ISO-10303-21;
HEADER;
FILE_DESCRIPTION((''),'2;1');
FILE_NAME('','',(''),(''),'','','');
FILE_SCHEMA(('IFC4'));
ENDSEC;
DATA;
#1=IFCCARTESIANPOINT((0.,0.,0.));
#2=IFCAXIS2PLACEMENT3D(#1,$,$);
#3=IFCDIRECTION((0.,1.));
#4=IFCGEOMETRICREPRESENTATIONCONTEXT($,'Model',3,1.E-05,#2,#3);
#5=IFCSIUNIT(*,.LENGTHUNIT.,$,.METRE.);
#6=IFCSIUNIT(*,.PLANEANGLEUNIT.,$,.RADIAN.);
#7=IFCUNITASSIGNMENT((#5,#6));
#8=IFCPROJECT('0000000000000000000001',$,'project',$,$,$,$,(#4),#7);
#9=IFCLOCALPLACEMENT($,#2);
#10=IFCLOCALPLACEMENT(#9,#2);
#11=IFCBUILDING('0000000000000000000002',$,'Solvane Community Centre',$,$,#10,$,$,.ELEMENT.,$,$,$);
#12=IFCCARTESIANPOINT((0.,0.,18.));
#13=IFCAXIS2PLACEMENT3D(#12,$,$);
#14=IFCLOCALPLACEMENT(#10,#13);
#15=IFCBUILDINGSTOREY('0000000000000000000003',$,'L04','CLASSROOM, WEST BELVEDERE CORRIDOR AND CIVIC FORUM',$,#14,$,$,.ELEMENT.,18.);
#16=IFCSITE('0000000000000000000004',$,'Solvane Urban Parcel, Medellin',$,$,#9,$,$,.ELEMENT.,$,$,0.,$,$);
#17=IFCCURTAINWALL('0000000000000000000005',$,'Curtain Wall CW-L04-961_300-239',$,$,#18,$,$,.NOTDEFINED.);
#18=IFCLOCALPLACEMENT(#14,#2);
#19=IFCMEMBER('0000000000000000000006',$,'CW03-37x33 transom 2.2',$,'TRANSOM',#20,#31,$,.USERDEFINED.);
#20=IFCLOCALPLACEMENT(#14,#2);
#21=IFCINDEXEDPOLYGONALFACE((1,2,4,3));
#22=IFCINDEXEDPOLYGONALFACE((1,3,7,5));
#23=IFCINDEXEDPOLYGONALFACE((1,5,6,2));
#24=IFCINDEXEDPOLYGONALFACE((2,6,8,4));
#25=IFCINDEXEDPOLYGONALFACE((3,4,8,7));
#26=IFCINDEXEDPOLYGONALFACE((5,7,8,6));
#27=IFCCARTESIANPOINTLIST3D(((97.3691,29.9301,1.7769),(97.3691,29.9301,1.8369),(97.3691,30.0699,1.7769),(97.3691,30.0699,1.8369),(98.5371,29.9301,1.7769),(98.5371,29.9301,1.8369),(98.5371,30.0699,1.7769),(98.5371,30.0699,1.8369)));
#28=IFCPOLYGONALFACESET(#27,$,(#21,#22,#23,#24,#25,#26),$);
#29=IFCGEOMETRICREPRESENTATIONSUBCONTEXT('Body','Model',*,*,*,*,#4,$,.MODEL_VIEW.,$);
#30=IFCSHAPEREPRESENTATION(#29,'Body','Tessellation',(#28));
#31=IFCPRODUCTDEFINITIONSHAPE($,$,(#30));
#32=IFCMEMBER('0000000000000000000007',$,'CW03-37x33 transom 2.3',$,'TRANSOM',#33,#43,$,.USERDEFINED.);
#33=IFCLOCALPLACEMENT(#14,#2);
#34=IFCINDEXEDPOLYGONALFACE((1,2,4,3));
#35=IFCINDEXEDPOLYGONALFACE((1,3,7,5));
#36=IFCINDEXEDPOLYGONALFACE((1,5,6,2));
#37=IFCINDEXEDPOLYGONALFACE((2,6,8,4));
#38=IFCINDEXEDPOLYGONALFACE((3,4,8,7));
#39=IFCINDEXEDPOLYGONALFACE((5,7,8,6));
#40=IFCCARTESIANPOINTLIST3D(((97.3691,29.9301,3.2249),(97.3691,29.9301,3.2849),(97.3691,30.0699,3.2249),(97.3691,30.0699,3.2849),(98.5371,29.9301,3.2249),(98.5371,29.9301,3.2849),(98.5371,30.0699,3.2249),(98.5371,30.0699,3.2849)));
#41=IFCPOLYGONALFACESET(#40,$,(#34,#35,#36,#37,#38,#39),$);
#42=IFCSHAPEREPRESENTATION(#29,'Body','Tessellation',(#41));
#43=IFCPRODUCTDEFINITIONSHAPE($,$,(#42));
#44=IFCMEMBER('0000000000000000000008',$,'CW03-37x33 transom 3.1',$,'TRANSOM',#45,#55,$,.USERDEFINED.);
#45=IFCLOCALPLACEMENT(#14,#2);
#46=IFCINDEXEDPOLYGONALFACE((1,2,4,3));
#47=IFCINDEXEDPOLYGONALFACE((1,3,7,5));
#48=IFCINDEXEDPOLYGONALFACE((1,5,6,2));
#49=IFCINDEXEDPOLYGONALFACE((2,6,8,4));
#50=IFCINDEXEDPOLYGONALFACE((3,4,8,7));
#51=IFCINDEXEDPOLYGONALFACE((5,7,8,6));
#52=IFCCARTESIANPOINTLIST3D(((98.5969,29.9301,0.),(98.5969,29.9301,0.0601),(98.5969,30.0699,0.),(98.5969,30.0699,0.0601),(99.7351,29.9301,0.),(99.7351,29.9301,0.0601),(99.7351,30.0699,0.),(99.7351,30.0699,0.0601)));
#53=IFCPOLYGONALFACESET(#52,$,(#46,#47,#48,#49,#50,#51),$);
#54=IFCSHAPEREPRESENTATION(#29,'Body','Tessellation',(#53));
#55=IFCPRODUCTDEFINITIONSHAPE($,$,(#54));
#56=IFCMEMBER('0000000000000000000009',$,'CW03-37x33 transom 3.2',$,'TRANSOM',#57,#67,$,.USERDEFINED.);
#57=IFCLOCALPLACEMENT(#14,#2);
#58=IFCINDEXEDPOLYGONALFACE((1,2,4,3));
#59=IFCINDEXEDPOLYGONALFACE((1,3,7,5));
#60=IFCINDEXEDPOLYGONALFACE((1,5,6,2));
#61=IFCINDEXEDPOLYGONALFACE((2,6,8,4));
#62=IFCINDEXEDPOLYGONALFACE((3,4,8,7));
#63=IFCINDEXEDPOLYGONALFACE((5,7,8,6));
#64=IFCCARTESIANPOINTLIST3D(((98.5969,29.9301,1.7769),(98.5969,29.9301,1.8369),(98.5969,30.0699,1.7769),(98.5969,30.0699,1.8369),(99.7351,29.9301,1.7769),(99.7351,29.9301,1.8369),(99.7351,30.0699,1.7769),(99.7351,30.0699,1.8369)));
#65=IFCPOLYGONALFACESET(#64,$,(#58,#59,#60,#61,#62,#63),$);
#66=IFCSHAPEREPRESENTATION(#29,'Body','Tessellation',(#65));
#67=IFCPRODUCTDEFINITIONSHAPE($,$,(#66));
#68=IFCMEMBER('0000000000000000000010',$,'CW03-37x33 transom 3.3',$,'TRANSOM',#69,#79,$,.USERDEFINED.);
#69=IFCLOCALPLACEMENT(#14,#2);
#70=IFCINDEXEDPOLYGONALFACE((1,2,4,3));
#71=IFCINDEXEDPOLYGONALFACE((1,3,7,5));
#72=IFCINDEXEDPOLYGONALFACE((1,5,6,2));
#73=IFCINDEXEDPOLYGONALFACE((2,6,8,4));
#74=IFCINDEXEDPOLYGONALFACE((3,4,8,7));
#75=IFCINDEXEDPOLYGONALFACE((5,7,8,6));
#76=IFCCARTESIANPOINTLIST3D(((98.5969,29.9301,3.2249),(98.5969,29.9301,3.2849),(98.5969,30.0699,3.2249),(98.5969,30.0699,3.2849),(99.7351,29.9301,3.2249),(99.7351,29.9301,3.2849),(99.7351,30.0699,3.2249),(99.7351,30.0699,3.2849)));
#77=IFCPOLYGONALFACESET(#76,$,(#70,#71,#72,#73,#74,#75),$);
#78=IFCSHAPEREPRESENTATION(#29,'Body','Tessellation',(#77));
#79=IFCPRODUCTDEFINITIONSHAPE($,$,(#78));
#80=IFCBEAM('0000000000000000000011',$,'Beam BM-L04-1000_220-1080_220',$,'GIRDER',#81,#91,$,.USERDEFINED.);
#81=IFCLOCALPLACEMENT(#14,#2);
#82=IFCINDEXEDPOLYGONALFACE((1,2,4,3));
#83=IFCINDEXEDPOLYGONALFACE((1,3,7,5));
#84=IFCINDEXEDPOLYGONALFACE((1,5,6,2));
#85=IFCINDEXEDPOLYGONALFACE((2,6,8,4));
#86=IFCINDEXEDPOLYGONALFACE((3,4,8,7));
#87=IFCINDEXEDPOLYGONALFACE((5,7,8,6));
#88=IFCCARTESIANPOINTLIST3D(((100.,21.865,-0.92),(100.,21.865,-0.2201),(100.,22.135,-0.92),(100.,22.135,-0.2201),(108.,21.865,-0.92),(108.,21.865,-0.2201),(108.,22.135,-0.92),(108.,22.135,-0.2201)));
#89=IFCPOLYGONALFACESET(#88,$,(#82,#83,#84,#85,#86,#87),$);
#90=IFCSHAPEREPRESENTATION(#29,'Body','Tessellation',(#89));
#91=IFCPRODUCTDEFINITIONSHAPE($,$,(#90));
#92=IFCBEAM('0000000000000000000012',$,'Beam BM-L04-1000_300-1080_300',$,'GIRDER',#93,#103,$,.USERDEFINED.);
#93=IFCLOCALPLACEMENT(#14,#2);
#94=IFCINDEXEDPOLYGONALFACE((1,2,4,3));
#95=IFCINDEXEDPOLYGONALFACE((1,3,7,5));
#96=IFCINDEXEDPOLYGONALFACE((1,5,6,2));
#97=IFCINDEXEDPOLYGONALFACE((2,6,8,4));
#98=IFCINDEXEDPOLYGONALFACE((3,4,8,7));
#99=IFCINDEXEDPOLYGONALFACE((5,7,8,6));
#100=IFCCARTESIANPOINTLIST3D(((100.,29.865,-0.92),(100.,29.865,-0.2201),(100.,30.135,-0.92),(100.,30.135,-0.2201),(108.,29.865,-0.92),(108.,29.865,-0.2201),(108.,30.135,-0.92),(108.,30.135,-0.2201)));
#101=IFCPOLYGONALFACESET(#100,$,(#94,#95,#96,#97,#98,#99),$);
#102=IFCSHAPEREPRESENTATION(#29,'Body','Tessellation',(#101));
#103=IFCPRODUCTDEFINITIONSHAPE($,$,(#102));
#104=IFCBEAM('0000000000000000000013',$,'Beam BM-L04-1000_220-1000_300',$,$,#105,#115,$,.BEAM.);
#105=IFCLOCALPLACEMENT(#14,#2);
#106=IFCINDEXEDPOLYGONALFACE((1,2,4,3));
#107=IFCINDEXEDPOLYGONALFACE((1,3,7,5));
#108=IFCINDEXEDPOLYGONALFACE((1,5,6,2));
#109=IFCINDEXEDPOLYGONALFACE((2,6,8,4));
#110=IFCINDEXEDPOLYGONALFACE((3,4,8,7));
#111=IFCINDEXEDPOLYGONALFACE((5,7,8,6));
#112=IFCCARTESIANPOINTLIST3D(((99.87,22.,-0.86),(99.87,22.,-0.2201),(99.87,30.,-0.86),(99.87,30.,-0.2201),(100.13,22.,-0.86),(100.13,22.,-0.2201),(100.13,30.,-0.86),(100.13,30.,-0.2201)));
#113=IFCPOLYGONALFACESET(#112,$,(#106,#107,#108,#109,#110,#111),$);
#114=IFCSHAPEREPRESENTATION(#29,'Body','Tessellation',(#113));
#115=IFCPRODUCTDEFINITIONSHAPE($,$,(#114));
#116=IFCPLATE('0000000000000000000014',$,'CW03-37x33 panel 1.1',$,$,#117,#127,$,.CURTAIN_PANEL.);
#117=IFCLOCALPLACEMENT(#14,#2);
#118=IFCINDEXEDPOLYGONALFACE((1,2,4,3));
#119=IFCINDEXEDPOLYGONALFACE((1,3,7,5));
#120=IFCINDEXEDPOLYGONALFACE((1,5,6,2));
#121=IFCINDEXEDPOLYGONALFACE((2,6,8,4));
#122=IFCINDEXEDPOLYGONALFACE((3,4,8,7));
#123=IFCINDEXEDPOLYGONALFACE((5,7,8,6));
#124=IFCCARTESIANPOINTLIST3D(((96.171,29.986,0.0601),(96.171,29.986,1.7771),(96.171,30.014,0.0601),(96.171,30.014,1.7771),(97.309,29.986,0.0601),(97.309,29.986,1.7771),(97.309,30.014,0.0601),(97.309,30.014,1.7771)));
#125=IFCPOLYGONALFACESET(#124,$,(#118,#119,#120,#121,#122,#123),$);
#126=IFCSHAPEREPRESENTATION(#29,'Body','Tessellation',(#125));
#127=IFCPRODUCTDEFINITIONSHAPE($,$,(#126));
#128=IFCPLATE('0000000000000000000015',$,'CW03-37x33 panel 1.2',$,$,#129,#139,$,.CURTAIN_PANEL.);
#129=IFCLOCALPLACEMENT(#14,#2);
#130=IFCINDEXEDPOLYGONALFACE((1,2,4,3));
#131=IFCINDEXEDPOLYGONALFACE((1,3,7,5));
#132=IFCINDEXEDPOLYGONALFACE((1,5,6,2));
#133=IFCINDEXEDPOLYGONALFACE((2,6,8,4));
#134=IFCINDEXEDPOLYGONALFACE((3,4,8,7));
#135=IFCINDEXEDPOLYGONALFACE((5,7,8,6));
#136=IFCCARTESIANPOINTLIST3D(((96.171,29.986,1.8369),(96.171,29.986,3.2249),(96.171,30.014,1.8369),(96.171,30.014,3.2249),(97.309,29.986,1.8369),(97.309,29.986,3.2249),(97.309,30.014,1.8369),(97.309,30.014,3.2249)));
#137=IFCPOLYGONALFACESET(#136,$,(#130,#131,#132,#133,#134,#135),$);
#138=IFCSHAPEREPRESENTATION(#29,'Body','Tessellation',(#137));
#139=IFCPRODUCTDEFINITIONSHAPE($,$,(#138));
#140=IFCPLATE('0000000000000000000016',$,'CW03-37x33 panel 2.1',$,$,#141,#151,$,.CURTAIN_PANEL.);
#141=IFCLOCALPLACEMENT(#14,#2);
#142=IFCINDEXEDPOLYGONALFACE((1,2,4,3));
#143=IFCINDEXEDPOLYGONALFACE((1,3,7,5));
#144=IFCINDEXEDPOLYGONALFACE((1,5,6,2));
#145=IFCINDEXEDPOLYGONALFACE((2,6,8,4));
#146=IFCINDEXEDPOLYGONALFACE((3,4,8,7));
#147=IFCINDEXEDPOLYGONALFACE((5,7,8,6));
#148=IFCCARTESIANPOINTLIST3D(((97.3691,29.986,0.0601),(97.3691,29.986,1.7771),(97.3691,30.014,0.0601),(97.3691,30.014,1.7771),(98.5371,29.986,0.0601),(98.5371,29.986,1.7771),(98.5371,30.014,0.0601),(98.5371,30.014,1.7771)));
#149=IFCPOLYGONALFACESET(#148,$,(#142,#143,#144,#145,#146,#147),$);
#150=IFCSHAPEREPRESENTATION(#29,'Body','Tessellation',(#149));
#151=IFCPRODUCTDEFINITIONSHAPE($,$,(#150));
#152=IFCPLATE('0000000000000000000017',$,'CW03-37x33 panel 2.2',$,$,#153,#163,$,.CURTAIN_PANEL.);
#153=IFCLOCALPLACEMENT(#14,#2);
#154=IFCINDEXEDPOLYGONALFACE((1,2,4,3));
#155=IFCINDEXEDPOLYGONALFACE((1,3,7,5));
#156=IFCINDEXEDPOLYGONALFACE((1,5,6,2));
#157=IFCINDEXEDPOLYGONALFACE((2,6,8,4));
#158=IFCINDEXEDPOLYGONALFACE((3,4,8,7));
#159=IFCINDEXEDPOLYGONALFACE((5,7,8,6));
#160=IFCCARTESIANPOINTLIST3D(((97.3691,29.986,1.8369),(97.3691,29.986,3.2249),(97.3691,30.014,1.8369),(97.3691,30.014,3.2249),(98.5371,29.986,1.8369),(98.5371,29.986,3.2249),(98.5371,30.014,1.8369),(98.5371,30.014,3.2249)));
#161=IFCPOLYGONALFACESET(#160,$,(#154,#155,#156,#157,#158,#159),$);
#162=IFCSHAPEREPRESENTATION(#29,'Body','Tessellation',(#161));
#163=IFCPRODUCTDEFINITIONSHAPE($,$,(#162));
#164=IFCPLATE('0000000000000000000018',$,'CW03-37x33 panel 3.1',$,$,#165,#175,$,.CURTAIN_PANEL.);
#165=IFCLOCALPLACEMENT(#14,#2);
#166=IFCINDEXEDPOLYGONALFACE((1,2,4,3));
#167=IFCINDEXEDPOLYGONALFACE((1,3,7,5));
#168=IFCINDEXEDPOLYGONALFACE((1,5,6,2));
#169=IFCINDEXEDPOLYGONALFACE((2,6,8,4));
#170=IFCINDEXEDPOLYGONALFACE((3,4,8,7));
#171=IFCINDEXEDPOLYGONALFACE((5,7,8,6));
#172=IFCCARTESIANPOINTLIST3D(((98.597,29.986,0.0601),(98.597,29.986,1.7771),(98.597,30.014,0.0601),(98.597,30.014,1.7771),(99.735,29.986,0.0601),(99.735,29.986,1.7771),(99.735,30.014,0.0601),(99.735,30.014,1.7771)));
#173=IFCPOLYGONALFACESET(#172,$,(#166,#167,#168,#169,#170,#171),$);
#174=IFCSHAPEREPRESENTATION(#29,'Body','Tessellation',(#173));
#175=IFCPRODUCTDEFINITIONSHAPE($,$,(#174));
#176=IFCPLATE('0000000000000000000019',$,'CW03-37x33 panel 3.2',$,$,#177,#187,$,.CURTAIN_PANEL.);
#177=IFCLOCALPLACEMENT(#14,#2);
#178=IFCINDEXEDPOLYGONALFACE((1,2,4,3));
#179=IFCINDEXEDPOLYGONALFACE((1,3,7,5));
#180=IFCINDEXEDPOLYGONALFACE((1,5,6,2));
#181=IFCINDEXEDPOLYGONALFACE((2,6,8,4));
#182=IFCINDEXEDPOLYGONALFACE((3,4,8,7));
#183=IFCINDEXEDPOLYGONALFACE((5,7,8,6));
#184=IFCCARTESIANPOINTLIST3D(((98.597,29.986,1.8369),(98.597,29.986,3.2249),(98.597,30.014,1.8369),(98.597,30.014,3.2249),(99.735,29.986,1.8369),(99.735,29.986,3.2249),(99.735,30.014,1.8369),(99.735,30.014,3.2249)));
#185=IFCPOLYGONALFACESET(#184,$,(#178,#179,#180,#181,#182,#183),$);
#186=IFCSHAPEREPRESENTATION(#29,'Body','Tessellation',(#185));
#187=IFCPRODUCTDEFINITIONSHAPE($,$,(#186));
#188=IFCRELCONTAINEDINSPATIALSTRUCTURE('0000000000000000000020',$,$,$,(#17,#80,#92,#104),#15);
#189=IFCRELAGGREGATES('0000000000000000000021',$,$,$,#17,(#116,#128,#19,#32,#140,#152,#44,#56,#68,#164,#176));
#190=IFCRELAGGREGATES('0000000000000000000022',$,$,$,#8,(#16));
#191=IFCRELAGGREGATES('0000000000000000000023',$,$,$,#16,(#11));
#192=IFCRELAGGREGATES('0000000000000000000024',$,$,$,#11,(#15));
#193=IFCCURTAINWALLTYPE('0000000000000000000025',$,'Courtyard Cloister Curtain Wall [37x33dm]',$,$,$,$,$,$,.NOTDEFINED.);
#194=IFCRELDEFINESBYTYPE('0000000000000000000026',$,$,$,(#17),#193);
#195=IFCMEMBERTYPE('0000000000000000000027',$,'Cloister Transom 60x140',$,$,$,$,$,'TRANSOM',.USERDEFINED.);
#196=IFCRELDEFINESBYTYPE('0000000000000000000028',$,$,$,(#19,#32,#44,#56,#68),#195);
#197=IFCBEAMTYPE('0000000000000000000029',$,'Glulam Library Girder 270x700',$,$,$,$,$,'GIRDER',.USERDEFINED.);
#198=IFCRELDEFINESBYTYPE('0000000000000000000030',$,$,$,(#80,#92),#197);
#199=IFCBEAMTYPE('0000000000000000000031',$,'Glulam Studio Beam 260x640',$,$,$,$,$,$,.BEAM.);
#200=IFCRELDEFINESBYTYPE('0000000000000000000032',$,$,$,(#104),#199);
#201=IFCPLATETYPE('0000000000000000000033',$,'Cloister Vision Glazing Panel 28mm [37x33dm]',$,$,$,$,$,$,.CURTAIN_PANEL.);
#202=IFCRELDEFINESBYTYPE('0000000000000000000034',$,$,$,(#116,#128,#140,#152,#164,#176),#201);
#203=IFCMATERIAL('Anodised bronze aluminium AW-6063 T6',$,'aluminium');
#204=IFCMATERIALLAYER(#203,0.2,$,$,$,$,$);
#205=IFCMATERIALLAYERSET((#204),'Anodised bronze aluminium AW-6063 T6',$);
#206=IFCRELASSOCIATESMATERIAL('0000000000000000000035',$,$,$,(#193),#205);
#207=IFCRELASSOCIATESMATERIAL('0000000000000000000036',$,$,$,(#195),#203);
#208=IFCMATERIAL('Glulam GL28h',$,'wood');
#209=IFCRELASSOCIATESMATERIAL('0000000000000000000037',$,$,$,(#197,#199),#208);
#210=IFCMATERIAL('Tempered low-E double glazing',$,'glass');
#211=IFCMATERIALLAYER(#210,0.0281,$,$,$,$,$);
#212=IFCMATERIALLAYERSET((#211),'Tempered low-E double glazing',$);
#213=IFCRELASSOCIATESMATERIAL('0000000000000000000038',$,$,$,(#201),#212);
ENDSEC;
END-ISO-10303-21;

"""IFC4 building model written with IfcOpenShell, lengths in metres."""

from ifc_helpers import new_model, si_unit, direction, frame, origin, origin_2d, place, context, subcontext, project, spatial, rectangle, extrude, material, layer, layer_set, material_profile, profile_set, type_object, element, aggregate, save


model = new_model("IFC4")

# Units and contexts
model_context = context("Model", 3, precision=1e-05, world=origin(), true_north=direction((0.0, 1.0)))
body_context = subcontext(model_context, "Body", "Model", "MODEL_VIEW")
ifc_project = project(units=[si_unit("LENGTHUNIT", "METRE"), si_unit("PLANEANGLEUNIT", "RADIAN")], contexts=[model_context])

# Site, building, storey
site_placement = place(None, origin())
site = spatial("IfcSite", under=ifc_project, at=site_placement, Name="Solvane Urban Parcel, Medellin", CompositionType="ELEMENT", RefElevation=0.0)
building_placement = place(site_placement, origin())
building = spatial("IfcBuilding", under=site, at=building_placement, Name="Solvane Community Centre", CompositionType="ELEMENT")
storey_placement = place(building_placement, frame((0.0, 0.0, 18.0)))
storey = spatial("IfcBuildingStorey", under=building, at=storey_placement, Name="L04", Description="CLASSROOM, WEST BELVEDERE CORRIDOR AND CIVIC FORUM", CompositionType="ELEMENT", Elevation=18.0)

# Curtain wall
ifc_material_1 = material(Name="Anodised bronze aluminium AW-6063 T6", Category="aluminium")
ifc_layer_1 = layer(ifc_material_1, 0.2)
ifc_layer_set_1 = layer_set([ifc_layer_1], Name="Anodised bronze aluminium AW-6063 T6")
curtain_wall_type_1 = type_object("IfcCurtainWallType", Name="Courtyard Cloister Curtain Wall [37x33dm]", PredefinedType="NOTDEFINED", material=ifc_layer_set_1)
curtain_wall_1_placement = place(storey_placement, origin())
curtain_wall_1 = element("IfcCurtainWall", 1, at=curtain_wall_1_placement, inside=storey, type_object=curtain_wall_type_1, Name="Curtain Wall CW-L04-961_300-239", PredefinedType="NOTDEFINED")

# Members
ifc_material_profile_1 = material_profile(ifc_material_1, rectangle(XDim=0.1399, YDim=0.0601, at=origin_2d()), Name="CW-T 60x140")
ifc_profile_set_1 = profile_set([ifc_material_profile_1], Name="Anodised bronze aluminium AW-6063 T6")
member_type_1 = type_object("IfcMemberType", Name="Cloister Transom 60x140", ElementType="TRANSOM", PredefinedType="USERDEFINED", material=ifc_profile_set_1)
member_1_placement = place(storey_placement, frame((97.3691, 30.0, 1.8069), z_axis=(1.0, 0.0, 0.0), x_axis=(0.0, 1.0, 0.0)))
member_1 = element("IfcMember", 2, at=member_1_placement, type_object=member_type_1, Name="CW03-37x33 transom 2.2", ObjectType="TRANSOM", PredefinedType="USERDEFINED", context=body_context, shape_type="SweptSolid", body=[
    extrude(rectangle(XDim=0.1399, YDim=0.0601, at=origin_2d()), origin(), (0.0, 0.0, 1.0), 1.168),
])
member_2_placement = place(storey_placement, frame((97.3691, 30.0, 3.2549), z_axis=(1.0, 0.0, 0.0), x_axis=(0.0, 1.0, 0.0)))
member_2 = element("IfcMember", 3, at=member_2_placement, type_object=member_type_1, Name="CW03-37x33 transom 2.3", ObjectType="TRANSOM", PredefinedType="USERDEFINED", context=body_context, shape_type="SweptSolid", body=[
    extrude(rectangle(XDim=0.1399, YDim=0.0601, at=origin_2d()), origin(), (0.0, 0.0, 1.0), 1.168),
])
member_3_placement = place(storey_placement, frame((98.5969, 30.0, 0.03), z_axis=(1.0, 0.0, 0.0), x_axis=(0.0, 1.0, 0.0)))
member_3 = element("IfcMember", 4, at=member_3_placement, type_object=member_type_1, Name="CW03-37x33 transom 3.1", ObjectType="TRANSOM", PredefinedType="USERDEFINED", context=body_context, shape_type="SweptSolid", body=[
    extrude(rectangle(XDim=0.1399, YDim=0.0601, at=origin_2d()), origin(), (0.0, 0.0, 1.0), 1.1382),
])
member_4_placement = place(storey_placement, frame((98.5969, 30.0, 1.8069), z_axis=(1.0, 0.0, 0.0), x_axis=(0.0, 1.0, 0.0)))
member_4 = element("IfcMember", 5, at=member_4_placement, type_object=member_type_1, Name="CW03-37x33 transom 3.2", ObjectType="TRANSOM", PredefinedType="USERDEFINED", context=body_context, shape_type="SweptSolid", body=[
    extrude(rectangle(XDim=0.1399, YDim=0.0601, at=origin_2d()), origin(), (0.0, 0.0, 1.0), 1.1382),
])
member_5_placement = place(storey_placement, frame((98.5969, 30.0, 3.2549), z_axis=(1.0, 0.0, 0.0), x_axis=(0.0, 1.0, 0.0)))
member_5 = element("IfcMember", 6, at=member_5_placement, type_object=member_type_1, Name="CW03-37x33 transom 3.3", ObjectType="TRANSOM", PredefinedType="USERDEFINED", context=body_context, shape_type="SweptSolid", body=[
    extrude(rectangle(XDim=0.1399, YDim=0.0601, at=origin_2d()), origin(), (0.0, 0.0, 1.0), 1.1382),
])

# Beams
ifc_material_2 = material(Name="Glulam GL28h", Category="wood")
ifc_material_profile_2 = material_profile(ifc_material_2, rectangle(XDim=0.27, YDim=0.7, at=origin_2d()), Name="GL28h 270x700")
ifc_profile_set_2 = profile_set([ifc_material_profile_2], Name="Glulam GL28h")
beam_type_1 = type_object("IfcBeamType", Name="Glulam Library Girder 270x700", ElementType="GIRDER", PredefinedType="USERDEFINED", material=ifc_profile_set_2)
for number, where, z_axis, x_axis, name in (
    (7, (100.0, 22.0, -0.5701), (1.0, 0.0, 0.0), (0.0, 1.0, 0.0), "Beam BM-L04-1000_220-1080_220"),
    (8, (100.0, 30.0, -0.5701), (1.0, 0.0, 0.0), (0.0, 1.0, 0.0), "Beam BM-L04-1000_300-1080_300"),
):
    element("IfcBeam", number, at=place(storey_placement, frame(where, z_axis=z_axis, x_axis=x_axis)), inside=storey, type_object=beam_type_1, Name=name, ObjectType="GIRDER", PredefinedType="USERDEFINED", context=body_context, shape_type="SweptSolid", body=[
        extrude(rectangle(XDim=0.27, YDim=0.7, at=origin_2d()), origin(), (0.0, 0.0, 1.0), 8.0),
    ])
ifc_material_profile_3 = material_profile(ifc_material_2, rectangle(XDim=0.26, YDim=0.6399, at=origin_2d()), Name="GL28h 260x640")
ifc_profile_set_3 = profile_set([ifc_material_profile_3], Name="Glulam GL28h")
beam_type_2 = type_object("IfcBeamType", Name="Glulam Studio Beam 260x640", PredefinedType="BEAM", material=ifc_profile_set_3)
beam_placement = place(storey_placement, frame((100.0, 22.0, -0.54), z_axis=(0.0, 1.0, 0.0), x_axis=(-1.0, 0.0, 0.0)))
element("IfcBeam", 9, at=beam_placement, inside=storey, type_object=beam_type_2, Name="Beam BM-L04-1000_220-1000_300", PredefinedType="BEAM", context=body_context, shape_type="SweptSolid", body=[
    extrude(rectangle(XDim=0.26, YDim=0.6399, at=origin_2d()), origin(), (0.0, 0.0, 1.0), 8.0),
])

# Plates
ifc_material_3 = material(Name="Tempered low-E double glazing", Category="glass")
ifc_layer_2 = layer(ifc_material_3, 0.0281)
ifc_layer_set_2 = layer_set([ifc_layer_2], Name="Tempered low-E double glazing")
plate_type_1 = type_object("IfcPlateType", Name="Cloister Vision Glazing Panel 28mm [37x33dm]", PredefinedType="CURTAIN_PANEL", material=ifc_layer_set_2)
plate_1_placement = place(storey_placement, frame((96.74, 30.0, 0.0601), z_axis=(0.0, 0.0, 1.0), x_axis=(1.0, 0.0, 0.0)))
plate_1 = element("IfcPlate", 10, at=plate_1_placement, type_object=plate_type_1, Name="CW03-37x33 panel 1.1", PredefinedType="CURTAIN_PANEL", context=body_context, shape_type="SweptSolid", body=[
    extrude(rectangle(XDim=1.1379, YDim=0.0281, at=origin_2d()), origin(), (0.0, 0.0, 1.0), 1.717),
])
plate_2_placement = place(storey_placement, frame((96.74, 30.0, 1.8369), z_axis=(0.0, 0.0, 1.0), x_axis=(1.0, 0.0, 0.0)))
plate_2 = element("IfcPlate", 11, at=plate_2_placement, type_object=plate_type_1, Name="CW03-37x33 panel 1.2", PredefinedType="CURTAIN_PANEL", context=body_context, shape_type="SweptSolid", body=[
    extrude(rectangle(XDim=1.1379, YDim=0.0281, at=origin_2d()), origin(), (0.0, 0.0, 1.0), 1.3879),
])
plate_3_placement = place(storey_placement, frame((97.9531, 30.0, 0.0601), z_axis=(0.0, 0.0, 1.0), x_axis=(1.0, 0.0, 0.0)))
plate_3 = element("IfcPlate", 12, at=plate_3_placement, type_object=plate_type_1, Name="CW03-37x33 panel 2.1", PredefinedType="CURTAIN_PANEL", context=body_context, shape_type="SweptSolid", body=[
    extrude(rectangle(XDim=1.168, YDim=0.0281, at=origin_2d()), origin(), (0.0, 0.0, 1.0), 1.717),
])
plate_4_placement = place(storey_placement, frame((97.9531, 30.0, 1.8369), z_axis=(0.0, 0.0, 1.0), x_axis=(1.0, 0.0, 0.0)))
plate_4 = element("IfcPlate", 13, at=plate_4_placement, type_object=plate_type_1, Name="CW03-37x33 panel 2.2", PredefinedType="CURTAIN_PANEL", context=body_context, shape_type="SweptSolid", body=[
    extrude(rectangle(XDim=1.168, YDim=0.0281, at=origin_2d()), origin(), (0.0, 0.0, 1.0), 1.3879),
])
plate_5_placement = place(storey_placement, frame((99.166, 30.0, 0.0601), z_axis=(0.0, 0.0, 1.0), x_axis=(1.0, 0.0, 0.0)))
plate_5 = element("IfcPlate", 14, at=plate_5_placement, type_object=plate_type_1, Name="CW03-37x33 panel 3.1", PredefinedType="CURTAIN_PANEL", context=body_context, shape_type="SweptSolid", body=[
    extrude(rectangle(XDim=1.1379, YDim=0.0281, at=origin_2d()), origin(), (0.0, 0.0, 1.0), 1.717),
])
plate_6_placement = place(storey_placement, frame((99.166, 30.0, 1.8369), z_axis=(0.0, 0.0, 1.0), x_axis=(1.0, 0.0, 0.0)))
plate_6 = element("IfcPlate", 15, at=plate_6_placement, type_object=plate_type_1, Name="CW03-37x33 panel 3.2", PredefinedType="CURTAIN_PANEL", context=body_context, shape_type="SweptSolid", body=[
    extrude(rectangle(XDim=1.1379, YDim=0.0281, at=origin_2d()), origin(), (0.0, 0.0, 1.0), 1.3879),
])
aggregate(curtain_wall_1, [plate_1, plate_2, member_1, member_2, plate_3, plate_4, member_3, member_4, member_5, plate_5, plate_6])

save(model, "model.ifc")
